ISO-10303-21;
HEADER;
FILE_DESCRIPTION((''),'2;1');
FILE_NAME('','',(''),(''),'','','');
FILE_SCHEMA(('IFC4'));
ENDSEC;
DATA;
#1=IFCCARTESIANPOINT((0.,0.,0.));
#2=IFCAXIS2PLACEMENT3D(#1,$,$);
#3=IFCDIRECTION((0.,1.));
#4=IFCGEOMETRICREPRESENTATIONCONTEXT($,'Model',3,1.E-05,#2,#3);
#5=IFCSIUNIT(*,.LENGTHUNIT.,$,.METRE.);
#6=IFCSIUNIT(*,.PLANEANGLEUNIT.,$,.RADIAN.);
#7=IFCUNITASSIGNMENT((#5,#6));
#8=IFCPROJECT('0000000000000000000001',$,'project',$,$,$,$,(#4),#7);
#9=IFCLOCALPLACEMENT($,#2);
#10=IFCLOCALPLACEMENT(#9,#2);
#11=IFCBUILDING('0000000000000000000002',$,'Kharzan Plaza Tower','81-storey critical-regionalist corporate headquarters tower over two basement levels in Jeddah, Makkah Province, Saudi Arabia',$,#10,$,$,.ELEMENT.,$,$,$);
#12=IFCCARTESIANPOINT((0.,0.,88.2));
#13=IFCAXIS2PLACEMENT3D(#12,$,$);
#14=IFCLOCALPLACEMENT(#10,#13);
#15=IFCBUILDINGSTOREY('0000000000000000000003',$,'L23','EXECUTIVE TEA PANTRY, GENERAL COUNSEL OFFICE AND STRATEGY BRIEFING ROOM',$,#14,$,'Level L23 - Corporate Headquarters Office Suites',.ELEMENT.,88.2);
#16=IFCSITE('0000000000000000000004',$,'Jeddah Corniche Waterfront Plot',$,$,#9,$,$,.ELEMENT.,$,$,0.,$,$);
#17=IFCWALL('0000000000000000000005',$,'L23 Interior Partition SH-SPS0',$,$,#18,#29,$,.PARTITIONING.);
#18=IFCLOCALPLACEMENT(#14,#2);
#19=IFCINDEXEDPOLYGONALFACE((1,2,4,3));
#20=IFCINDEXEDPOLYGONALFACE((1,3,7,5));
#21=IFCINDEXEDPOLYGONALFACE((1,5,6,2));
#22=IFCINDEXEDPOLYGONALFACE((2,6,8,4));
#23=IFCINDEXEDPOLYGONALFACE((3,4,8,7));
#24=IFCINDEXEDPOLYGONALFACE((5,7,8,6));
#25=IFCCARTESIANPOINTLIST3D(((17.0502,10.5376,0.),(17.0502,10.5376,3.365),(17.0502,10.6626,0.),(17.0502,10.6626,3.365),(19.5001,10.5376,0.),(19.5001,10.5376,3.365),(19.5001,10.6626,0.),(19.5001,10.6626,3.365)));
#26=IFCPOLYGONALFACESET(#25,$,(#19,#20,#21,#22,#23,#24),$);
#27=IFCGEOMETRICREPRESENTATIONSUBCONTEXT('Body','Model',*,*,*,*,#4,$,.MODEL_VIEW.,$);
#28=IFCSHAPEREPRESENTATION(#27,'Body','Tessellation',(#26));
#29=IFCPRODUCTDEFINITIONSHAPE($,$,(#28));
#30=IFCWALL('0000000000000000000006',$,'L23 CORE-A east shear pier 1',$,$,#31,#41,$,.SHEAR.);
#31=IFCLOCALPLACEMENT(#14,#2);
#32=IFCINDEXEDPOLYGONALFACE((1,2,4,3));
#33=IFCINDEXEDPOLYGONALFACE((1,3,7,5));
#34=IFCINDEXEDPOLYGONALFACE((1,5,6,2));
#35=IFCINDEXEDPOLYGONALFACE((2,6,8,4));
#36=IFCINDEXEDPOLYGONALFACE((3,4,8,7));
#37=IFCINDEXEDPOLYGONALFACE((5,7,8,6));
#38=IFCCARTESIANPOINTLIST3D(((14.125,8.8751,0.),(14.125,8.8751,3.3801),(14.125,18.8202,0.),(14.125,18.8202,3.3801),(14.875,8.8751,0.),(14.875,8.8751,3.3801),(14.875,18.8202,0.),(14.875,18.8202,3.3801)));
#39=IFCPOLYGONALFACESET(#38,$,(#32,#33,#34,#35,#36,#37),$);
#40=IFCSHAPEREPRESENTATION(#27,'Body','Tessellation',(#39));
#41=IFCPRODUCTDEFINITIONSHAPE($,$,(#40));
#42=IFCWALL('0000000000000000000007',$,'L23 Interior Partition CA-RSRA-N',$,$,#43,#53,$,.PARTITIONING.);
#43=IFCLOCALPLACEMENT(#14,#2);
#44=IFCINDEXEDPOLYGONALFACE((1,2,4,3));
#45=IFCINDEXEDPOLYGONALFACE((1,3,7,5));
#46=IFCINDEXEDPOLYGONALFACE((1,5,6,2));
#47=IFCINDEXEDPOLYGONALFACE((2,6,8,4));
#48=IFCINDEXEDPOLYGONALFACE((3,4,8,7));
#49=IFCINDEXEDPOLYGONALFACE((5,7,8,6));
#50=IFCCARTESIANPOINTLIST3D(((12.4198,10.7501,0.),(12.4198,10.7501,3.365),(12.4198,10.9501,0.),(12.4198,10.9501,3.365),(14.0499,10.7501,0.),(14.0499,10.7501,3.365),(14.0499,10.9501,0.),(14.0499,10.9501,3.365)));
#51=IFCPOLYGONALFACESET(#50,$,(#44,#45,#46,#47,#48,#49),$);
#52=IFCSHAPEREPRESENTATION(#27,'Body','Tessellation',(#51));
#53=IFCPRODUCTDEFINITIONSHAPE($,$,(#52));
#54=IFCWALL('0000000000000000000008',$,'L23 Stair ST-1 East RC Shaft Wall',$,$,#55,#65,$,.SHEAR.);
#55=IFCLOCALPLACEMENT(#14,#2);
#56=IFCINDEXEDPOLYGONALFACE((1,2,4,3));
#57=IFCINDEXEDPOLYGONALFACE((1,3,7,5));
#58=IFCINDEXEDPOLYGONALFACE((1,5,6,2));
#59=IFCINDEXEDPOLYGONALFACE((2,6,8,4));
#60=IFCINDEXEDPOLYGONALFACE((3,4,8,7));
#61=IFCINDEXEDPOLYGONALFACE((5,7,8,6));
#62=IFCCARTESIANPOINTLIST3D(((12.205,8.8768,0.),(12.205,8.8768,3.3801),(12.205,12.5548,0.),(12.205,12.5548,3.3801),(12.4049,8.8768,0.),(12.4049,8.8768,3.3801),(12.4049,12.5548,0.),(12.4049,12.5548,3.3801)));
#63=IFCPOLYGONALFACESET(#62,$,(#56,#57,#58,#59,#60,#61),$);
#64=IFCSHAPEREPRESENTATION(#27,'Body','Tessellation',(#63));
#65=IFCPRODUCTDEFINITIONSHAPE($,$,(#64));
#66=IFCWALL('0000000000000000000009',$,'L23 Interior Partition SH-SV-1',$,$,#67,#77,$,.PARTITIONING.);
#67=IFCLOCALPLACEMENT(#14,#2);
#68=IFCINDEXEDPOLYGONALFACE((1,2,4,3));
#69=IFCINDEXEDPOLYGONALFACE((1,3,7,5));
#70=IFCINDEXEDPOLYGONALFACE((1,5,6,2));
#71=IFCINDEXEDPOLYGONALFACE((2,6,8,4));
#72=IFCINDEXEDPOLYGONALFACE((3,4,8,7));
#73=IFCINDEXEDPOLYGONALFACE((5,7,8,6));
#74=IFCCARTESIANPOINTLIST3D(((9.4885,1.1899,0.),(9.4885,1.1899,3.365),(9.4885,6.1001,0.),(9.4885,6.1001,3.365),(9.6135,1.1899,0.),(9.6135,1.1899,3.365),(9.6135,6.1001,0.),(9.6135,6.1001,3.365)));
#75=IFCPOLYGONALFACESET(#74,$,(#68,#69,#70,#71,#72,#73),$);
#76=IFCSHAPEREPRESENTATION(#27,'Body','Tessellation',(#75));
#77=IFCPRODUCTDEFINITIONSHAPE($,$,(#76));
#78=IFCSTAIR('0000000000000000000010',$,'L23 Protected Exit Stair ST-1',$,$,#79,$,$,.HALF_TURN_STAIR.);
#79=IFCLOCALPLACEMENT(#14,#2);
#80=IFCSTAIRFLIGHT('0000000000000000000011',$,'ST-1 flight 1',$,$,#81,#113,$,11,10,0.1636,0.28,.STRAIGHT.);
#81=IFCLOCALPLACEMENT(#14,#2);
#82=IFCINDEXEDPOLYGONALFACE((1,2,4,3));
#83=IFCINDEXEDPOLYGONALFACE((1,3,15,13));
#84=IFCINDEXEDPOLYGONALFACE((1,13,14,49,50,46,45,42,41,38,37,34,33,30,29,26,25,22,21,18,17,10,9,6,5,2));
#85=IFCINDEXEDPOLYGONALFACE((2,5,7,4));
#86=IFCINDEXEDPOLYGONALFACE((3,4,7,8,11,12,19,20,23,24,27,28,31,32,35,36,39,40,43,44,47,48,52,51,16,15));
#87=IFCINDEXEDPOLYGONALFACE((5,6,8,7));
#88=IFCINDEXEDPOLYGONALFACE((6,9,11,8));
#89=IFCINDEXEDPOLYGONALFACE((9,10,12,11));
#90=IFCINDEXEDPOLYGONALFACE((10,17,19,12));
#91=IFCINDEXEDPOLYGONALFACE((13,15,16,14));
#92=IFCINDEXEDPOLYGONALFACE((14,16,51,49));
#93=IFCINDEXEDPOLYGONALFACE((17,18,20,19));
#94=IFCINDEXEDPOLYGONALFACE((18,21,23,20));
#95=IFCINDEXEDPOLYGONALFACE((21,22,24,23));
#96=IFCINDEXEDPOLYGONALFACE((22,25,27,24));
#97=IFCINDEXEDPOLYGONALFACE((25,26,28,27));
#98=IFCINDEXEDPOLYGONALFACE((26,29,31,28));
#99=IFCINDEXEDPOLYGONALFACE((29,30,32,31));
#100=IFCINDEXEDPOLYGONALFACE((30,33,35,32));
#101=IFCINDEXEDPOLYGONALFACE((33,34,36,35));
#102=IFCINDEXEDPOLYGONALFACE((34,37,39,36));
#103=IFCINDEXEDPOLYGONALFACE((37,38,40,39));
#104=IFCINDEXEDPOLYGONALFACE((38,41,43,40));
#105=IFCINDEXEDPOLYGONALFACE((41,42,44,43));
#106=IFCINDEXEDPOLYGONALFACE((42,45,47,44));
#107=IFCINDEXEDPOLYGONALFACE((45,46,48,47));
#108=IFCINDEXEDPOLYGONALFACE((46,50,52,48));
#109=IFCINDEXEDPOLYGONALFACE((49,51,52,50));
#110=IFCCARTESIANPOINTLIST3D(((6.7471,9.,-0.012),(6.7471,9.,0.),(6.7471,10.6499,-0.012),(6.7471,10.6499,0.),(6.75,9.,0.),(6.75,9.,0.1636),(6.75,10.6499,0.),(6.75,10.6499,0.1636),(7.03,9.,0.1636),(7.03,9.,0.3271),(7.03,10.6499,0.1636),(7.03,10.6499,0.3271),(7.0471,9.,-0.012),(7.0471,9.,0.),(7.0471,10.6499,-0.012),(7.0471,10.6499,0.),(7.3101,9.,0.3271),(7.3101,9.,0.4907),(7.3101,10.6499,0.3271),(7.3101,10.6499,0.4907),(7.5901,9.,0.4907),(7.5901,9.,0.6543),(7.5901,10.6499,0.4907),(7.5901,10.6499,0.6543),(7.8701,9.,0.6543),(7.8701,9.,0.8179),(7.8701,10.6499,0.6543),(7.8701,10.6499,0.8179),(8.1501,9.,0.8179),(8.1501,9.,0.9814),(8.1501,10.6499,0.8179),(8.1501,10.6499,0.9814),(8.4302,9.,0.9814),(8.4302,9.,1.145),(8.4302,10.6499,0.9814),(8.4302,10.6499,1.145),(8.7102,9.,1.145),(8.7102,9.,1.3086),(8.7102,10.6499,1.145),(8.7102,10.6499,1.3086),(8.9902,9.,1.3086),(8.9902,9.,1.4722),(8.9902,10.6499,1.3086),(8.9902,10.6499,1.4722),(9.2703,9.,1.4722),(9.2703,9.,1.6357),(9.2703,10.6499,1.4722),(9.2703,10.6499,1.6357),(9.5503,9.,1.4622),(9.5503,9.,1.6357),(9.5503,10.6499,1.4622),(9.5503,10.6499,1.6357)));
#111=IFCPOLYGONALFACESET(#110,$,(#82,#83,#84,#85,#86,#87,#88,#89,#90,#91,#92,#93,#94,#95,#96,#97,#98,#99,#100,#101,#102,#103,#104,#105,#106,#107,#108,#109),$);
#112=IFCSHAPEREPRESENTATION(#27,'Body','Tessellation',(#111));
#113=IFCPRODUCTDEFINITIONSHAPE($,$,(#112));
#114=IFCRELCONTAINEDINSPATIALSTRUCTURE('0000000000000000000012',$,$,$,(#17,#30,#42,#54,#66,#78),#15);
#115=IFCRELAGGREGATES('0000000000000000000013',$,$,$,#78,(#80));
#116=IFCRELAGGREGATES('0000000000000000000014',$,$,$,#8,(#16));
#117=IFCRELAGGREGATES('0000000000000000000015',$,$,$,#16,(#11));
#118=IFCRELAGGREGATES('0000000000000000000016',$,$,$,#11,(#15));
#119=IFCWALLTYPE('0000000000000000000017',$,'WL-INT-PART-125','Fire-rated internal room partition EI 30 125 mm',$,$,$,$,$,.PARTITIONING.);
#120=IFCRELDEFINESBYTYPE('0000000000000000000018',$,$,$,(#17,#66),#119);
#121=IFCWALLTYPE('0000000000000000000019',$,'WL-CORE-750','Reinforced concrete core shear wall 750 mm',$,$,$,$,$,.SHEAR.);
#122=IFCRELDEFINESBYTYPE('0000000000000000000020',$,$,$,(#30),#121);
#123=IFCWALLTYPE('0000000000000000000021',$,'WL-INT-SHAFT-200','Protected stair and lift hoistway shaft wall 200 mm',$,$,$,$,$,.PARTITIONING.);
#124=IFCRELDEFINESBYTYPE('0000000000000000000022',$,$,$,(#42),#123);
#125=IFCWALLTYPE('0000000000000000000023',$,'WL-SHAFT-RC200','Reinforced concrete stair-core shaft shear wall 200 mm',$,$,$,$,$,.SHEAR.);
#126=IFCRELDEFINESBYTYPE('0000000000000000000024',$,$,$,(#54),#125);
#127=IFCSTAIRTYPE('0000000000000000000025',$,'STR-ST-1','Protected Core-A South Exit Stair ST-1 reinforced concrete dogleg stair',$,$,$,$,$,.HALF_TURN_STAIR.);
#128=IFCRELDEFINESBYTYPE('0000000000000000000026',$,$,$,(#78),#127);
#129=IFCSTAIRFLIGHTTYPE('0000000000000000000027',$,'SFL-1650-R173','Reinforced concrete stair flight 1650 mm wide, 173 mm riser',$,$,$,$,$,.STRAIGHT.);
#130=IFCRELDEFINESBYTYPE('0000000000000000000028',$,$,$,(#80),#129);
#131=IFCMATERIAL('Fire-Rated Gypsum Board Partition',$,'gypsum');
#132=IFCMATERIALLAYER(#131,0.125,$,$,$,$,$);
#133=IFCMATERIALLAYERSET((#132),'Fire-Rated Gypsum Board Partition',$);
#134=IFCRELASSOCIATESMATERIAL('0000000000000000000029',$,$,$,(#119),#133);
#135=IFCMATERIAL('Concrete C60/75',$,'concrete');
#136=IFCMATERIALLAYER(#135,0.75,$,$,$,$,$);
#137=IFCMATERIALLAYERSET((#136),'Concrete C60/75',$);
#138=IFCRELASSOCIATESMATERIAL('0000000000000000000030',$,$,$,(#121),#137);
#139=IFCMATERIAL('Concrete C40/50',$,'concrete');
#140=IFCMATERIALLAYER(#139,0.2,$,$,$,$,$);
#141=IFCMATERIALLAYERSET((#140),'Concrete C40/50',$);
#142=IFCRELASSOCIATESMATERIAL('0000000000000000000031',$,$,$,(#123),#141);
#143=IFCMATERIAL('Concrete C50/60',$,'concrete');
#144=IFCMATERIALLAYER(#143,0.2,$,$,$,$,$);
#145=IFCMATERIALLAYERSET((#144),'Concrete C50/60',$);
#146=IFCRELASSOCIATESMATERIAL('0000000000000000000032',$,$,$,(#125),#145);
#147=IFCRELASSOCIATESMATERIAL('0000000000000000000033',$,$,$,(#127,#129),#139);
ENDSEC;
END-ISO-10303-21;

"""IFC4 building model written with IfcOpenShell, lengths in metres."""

from ifc_helpers import new_model, si_unit, direction, frame, frame_2d, origin, place, context, subcontext, project, spatial, polyline, rectangle, outline, extrude, source, transform, mapped, material, layer, layer_set, type_object, element, aggregate, save


model = new_model("IFC4")

# Units and contexts
model_context = context("Model", 3, precision=1e-05, world=origin(), true_north=direction((0.0, 1.0)))
body_context = subcontext(model_context, "Body", "Model", "MODEL_VIEW")
ifc_project = project(units=[si_unit("LENGTHUNIT", "METRE"), si_unit("PLANEANGLEUNIT", "RADIAN")], contexts=[model_context])

# Site, building, storey
site_placement = place(None, origin())
site = spatial("IfcSite", under=ifc_project, at=site_placement, Name="Jeddah Corniche Waterfront Plot", CompositionType="ELEMENT", RefElevation=0.0)
building_placement = place(site_placement, origin())
building = spatial("IfcBuilding", under=site, at=building_placement, Name="Kharzan Plaza Tower", Description="81-storey critical-regionalist corporate headquarters tower over two basement levels in Jeddah, Makkah Province, Saudi Arabia", CompositionType="ELEMENT")
storey_placement = place(building_placement, frame((0.0, 0.0, 88.2)))
storey = spatial("IfcBuildingStorey", under=building, at=storey_placement, Name="L23", Description="EXECUTIVE TEA PANTRY, GENERAL COUNSEL OFFICE AND STRATEGY BRIEFING ROOM", LongName="Level L23 - Corporate Headquarters Office Suites", CompositionType="ELEMENT", Elevation=88.2)

# Shared definitions
ifc_material_1 = material(Name="Concrete C60/75", Category="concrete")

# Shared definitions
ifc_material_2 = material(Name="Concrete C40/50", Category="concrete")

# Shared definitions
ifc_material_3 = material(Name="Fire-Rated Gypsum Board Partition", Category="gypsum")
ifc_layer_1 = layer(ifc_material_3, 0.125)
ifc_layer_set_1 = layer_set([ifc_layer_1], Name="Fire-Rated Gypsum Board Partition")
wall_type_1 = type_object("IfcWallType", Name="WL-INT-PART-125", Description="Fire-rated internal room partition EI 30 125 mm", PredefinedType="PARTITIONING", material=ifc_layer_set_1)

# Walls
shared_shape_1 = source(origin(), body_context, "Body", "SweptSolid", [
    extrude(rectangle(XDim=2.45, YDim=0.125, at=frame_2d((1.2251, 0.0))), origin(), (0.0, 0.0, 1.0), 3.365),
])
wall_1_placement = place(storey_placement, frame((17.05, 10.6001, 0.0), z_axis=(0.0, 0.0, 1.0), x_axis=(1.0, 0.0, 0.0)))
element("IfcWall", 1, at=wall_1_placement, inside=storey, type_object=wall_type_1, Name="L23 Interior Partition SH-SPS0", PredefinedType="PARTITIONING", context=body_context, shape_type="MappedRepresentation", body=[
    mapped(shared_shape_1, transform((0.0, 0.0, 0.0), x_axis=(1.0, 0.0, 0.0), y_axis=(0.0, 1.0, 0.0), z_axis=(0.0, 0.0, 1.0))),
])
ifc_layer_2 = layer(ifc_material_1, 0.75)
ifc_layer_set_2 = layer_set([ifc_layer_2], Name="Concrete C60/75")
wall_type_2 = type_object("IfcWallType", Name="WL-CORE-750", Description="Reinforced concrete core shear wall 750 mm", PredefinedType="SHEAR", material=ifc_layer_set_2)
shared_shape_2 = source(origin(), body_context, "Body", "SweptSolid", [
    extrude(rectangle(XDim=9.9451, YDim=0.75, at=frame_2d((4.9727, 0.0))), origin(), (0.0, 0.0, 1.0), 3.3801),
])
wall_2_placement = place(storey_placement, frame((14.5, 8.875, 0.0), z_axis=(0.0, 0.0, 1.0), x_axis=(0.0, 1.0, 0.0)))
element("IfcWall", 2, at=wall_2_placement, inside=storey, type_object=wall_type_2, Name="L23 CORE-A east shear pier 1", PredefinedType="SHEAR", context=body_context, shape_type="MappedRepresentation", body=[
    mapped(shared_shape_2, transform((0.0, 0.0, 0.0), x_axis=(1.0, 0.0, 0.0), y_axis=(0.0, 1.0, 0.0), z_axis=(0.0, 0.0, 1.0))),
])
ifc_layer_3 = layer(ifc_material_2, 0.2)
ifc_layer_set_3 = layer_set([ifc_layer_3], Name="Concrete C40/50")
wall_type_3 = type_object("IfcWallType", Name="WL-INT-SHAFT-200", Description="Protected stair and lift hoistway shaft wall 200 mm", PredefinedType="PARTITIONING", material=ifc_layer_set_3)
shared_shape_3 = source(origin(), body_context, "Body", "SweptSolid", [
    extrude(rectangle(XDim=1.6301, YDim=0.2, at=frame_2d((0.8149, 0.0))), origin(), (0.0, 0.0, 1.0), 3.365),
])
wall_3_placement = place(storey_placement, frame((12.4199, 10.8501, 0.0), z_axis=(0.0, 0.0, 1.0), x_axis=(1.0, 0.0, 0.0)))
element("IfcWall", 3, at=wall_3_placement, inside=storey, type_object=wall_type_3, Name="L23 Interior Partition CA-RSRA-N", PredefinedType="PARTITIONING", context=body_context, shape_type="MappedRepresentation", body=[
    mapped(shared_shape_3, transform((0.0, 0.0, 0.0), x_axis=(1.0, 0.0, 0.0), y_axis=(0.0, 1.0, 0.0), z_axis=(0.0, 0.0, 1.0))),
])
ifc_material_4 = material(Name="Concrete C50/60", Category="concrete")
ifc_layer_4 = layer(ifc_material_4, 0.2)
ifc_layer_set_4 = layer_set([ifc_layer_4], Name="Concrete C50/60")
wall_type_4 = type_object("IfcWallType", Name="WL-SHAFT-RC200", Description="Reinforced concrete stair-core shaft shear wall 200 mm", PredefinedType="SHEAR", material=ifc_layer_set_4)
shared_shape_4 = source(origin(), body_context, "Body", "SweptSolid", [
    extrude(rectangle(XDim=3.678, YDim=0.2, at=frame_2d((1.8389, 0.0))), origin(), (0.0, 0.0, 1.0), 3.3801),
])
wall_4_placement = place(storey_placement, frame((12.3049, 8.877, 0.0), z_axis=(0.0, 0.0, 1.0), x_axis=(0.0, 1.0, 0.0)))
element("IfcWall", 4, at=wall_4_placement, inside=storey, type_object=wall_type_4, Name="L23 Stair ST-1 East RC Shaft Wall", PredefinedType="SHEAR", context=body_context, shape_type="MappedRepresentation", body=[
    mapped(shared_shape_4, transform((0.0, 0.0, 0.0), x_axis=(1.0, 0.0, 0.0), y_axis=(0.0, 1.0, 0.0), z_axis=(0.0, 0.0, 1.0))),
])
shared_shape_5 = source(origin(), body_context, "Body", "SweptSolid", [
    extrude(rectangle(XDim=4.9102, YDim=0.125, at=frame_2d((2.4551, 0.0))), origin(), (0.0, 0.0, 1.0), 3.365),
])
wall_5_placement = place(storey_placement, frame((9.551, 1.1899, 0.0), z_axis=(0.0, 0.0, 1.0), x_axis=(0.0, 1.0, 0.0)))
element("IfcWall", 5, at=wall_5_placement, inside=storey, type_object=wall_type_1, Name="L23 Interior Partition SH-SV-1", PredefinedType="PARTITIONING", context=body_context, shape_type="MappedRepresentation", body=[
    mapped(shared_shape_5, transform((0.0, 0.0, 0.0), x_axis=(1.0, 0.0, 0.0), y_axis=(0.0, 1.0, 0.0), z_axis=(0.0, 0.0, 1.0))),
])

# Stair, stair flight
stair_type = type_object("IfcStairType", Name="STR-ST-1", Description="Protected Core-A South Exit Stair ST-1 reinforced concrete dogleg stair", PredefinedType="HALF_TURN_STAIR", material=ifc_material_2)
stair_placement = place(storey_placement, origin())
stair = element("IfcStair", 6, at=stair_placement, inside=storey, type_object=stair_type, Name="L23 Protected Exit Stair ST-1", PredefinedType="HALF_TURN_STAIR")
stair_flight_type = type_object("IfcStairFlightType", Name="SFL-1650-R173", Description="Reinforced concrete stair flight 1650 mm wide, 173 mm riser", PredefinedType="STRAIGHT", material=ifc_material_2)
shared_shape_6 = source(origin(), body_context, "Body", "SweptSolid", [
    extrude(outline(polyline([(-0.0029, -0.012), (-0.0029, 0.0), (0.0, 0.0), (0.0, 0.1636), (0.28, 0.1636), (0.28, 0.3271), (0.5601, 0.3271), (0.5601, 0.4907), (0.8401, 0.4907), (0.8401, 0.6543), (1.1201, 0.6543), (1.1201, 0.8179), (1.4001, 0.8179), (1.4001, 0.9814), (1.6802, 0.9814), (1.6802, 1.145), (1.9602, 1.145), (1.9602, 1.3086), (2.2402, 1.3086), (2.2402, 1.4722), (2.5203, 1.4722), (2.5203, 1.6357), (2.8003, 1.6357), (2.8003, 1.7993), (2.8003, 1.4622), (0.2971, 0.0), (0.2971, -0.012), (-0.0029, -0.012)])), frame((0.0, 0.825, 0.0), z_axis=(0.0, -1.0, 0.0), x_axis=(1.0, 0.0, 0.0)), (0.0, 0.0, 1.0), 1.6499),
])
stair_flight_placement = place(storey_placement, frame((6.75, 9.825, 0.0), z_axis=(0.0, 0.0, 1.0), x_axis=(1.0, 0.0, 0.0)))
stair_flight = element("IfcStairFlight", 7, at=stair_flight_placement, type_object=stair_flight_type, Name="ST-1 flight 1", NumberOfRisers=11, NumberOfTreads=10, PredefinedType="STRAIGHT", RiserHeight=0.1636, TreadLength=0.28, context=body_context, shape_type="MappedRepresentation", body=[
    mapped(shared_shape_6, transform((0.0, 0.0, 0.0), x_axis=(1.0, 0.0, 0.0), y_axis=(0.0, 1.0, 0.0), z_axis=(0.0, 0.0, 1.0))),
])
aggregate(stair, [stair_flight])

save(model, "model.ifc")
